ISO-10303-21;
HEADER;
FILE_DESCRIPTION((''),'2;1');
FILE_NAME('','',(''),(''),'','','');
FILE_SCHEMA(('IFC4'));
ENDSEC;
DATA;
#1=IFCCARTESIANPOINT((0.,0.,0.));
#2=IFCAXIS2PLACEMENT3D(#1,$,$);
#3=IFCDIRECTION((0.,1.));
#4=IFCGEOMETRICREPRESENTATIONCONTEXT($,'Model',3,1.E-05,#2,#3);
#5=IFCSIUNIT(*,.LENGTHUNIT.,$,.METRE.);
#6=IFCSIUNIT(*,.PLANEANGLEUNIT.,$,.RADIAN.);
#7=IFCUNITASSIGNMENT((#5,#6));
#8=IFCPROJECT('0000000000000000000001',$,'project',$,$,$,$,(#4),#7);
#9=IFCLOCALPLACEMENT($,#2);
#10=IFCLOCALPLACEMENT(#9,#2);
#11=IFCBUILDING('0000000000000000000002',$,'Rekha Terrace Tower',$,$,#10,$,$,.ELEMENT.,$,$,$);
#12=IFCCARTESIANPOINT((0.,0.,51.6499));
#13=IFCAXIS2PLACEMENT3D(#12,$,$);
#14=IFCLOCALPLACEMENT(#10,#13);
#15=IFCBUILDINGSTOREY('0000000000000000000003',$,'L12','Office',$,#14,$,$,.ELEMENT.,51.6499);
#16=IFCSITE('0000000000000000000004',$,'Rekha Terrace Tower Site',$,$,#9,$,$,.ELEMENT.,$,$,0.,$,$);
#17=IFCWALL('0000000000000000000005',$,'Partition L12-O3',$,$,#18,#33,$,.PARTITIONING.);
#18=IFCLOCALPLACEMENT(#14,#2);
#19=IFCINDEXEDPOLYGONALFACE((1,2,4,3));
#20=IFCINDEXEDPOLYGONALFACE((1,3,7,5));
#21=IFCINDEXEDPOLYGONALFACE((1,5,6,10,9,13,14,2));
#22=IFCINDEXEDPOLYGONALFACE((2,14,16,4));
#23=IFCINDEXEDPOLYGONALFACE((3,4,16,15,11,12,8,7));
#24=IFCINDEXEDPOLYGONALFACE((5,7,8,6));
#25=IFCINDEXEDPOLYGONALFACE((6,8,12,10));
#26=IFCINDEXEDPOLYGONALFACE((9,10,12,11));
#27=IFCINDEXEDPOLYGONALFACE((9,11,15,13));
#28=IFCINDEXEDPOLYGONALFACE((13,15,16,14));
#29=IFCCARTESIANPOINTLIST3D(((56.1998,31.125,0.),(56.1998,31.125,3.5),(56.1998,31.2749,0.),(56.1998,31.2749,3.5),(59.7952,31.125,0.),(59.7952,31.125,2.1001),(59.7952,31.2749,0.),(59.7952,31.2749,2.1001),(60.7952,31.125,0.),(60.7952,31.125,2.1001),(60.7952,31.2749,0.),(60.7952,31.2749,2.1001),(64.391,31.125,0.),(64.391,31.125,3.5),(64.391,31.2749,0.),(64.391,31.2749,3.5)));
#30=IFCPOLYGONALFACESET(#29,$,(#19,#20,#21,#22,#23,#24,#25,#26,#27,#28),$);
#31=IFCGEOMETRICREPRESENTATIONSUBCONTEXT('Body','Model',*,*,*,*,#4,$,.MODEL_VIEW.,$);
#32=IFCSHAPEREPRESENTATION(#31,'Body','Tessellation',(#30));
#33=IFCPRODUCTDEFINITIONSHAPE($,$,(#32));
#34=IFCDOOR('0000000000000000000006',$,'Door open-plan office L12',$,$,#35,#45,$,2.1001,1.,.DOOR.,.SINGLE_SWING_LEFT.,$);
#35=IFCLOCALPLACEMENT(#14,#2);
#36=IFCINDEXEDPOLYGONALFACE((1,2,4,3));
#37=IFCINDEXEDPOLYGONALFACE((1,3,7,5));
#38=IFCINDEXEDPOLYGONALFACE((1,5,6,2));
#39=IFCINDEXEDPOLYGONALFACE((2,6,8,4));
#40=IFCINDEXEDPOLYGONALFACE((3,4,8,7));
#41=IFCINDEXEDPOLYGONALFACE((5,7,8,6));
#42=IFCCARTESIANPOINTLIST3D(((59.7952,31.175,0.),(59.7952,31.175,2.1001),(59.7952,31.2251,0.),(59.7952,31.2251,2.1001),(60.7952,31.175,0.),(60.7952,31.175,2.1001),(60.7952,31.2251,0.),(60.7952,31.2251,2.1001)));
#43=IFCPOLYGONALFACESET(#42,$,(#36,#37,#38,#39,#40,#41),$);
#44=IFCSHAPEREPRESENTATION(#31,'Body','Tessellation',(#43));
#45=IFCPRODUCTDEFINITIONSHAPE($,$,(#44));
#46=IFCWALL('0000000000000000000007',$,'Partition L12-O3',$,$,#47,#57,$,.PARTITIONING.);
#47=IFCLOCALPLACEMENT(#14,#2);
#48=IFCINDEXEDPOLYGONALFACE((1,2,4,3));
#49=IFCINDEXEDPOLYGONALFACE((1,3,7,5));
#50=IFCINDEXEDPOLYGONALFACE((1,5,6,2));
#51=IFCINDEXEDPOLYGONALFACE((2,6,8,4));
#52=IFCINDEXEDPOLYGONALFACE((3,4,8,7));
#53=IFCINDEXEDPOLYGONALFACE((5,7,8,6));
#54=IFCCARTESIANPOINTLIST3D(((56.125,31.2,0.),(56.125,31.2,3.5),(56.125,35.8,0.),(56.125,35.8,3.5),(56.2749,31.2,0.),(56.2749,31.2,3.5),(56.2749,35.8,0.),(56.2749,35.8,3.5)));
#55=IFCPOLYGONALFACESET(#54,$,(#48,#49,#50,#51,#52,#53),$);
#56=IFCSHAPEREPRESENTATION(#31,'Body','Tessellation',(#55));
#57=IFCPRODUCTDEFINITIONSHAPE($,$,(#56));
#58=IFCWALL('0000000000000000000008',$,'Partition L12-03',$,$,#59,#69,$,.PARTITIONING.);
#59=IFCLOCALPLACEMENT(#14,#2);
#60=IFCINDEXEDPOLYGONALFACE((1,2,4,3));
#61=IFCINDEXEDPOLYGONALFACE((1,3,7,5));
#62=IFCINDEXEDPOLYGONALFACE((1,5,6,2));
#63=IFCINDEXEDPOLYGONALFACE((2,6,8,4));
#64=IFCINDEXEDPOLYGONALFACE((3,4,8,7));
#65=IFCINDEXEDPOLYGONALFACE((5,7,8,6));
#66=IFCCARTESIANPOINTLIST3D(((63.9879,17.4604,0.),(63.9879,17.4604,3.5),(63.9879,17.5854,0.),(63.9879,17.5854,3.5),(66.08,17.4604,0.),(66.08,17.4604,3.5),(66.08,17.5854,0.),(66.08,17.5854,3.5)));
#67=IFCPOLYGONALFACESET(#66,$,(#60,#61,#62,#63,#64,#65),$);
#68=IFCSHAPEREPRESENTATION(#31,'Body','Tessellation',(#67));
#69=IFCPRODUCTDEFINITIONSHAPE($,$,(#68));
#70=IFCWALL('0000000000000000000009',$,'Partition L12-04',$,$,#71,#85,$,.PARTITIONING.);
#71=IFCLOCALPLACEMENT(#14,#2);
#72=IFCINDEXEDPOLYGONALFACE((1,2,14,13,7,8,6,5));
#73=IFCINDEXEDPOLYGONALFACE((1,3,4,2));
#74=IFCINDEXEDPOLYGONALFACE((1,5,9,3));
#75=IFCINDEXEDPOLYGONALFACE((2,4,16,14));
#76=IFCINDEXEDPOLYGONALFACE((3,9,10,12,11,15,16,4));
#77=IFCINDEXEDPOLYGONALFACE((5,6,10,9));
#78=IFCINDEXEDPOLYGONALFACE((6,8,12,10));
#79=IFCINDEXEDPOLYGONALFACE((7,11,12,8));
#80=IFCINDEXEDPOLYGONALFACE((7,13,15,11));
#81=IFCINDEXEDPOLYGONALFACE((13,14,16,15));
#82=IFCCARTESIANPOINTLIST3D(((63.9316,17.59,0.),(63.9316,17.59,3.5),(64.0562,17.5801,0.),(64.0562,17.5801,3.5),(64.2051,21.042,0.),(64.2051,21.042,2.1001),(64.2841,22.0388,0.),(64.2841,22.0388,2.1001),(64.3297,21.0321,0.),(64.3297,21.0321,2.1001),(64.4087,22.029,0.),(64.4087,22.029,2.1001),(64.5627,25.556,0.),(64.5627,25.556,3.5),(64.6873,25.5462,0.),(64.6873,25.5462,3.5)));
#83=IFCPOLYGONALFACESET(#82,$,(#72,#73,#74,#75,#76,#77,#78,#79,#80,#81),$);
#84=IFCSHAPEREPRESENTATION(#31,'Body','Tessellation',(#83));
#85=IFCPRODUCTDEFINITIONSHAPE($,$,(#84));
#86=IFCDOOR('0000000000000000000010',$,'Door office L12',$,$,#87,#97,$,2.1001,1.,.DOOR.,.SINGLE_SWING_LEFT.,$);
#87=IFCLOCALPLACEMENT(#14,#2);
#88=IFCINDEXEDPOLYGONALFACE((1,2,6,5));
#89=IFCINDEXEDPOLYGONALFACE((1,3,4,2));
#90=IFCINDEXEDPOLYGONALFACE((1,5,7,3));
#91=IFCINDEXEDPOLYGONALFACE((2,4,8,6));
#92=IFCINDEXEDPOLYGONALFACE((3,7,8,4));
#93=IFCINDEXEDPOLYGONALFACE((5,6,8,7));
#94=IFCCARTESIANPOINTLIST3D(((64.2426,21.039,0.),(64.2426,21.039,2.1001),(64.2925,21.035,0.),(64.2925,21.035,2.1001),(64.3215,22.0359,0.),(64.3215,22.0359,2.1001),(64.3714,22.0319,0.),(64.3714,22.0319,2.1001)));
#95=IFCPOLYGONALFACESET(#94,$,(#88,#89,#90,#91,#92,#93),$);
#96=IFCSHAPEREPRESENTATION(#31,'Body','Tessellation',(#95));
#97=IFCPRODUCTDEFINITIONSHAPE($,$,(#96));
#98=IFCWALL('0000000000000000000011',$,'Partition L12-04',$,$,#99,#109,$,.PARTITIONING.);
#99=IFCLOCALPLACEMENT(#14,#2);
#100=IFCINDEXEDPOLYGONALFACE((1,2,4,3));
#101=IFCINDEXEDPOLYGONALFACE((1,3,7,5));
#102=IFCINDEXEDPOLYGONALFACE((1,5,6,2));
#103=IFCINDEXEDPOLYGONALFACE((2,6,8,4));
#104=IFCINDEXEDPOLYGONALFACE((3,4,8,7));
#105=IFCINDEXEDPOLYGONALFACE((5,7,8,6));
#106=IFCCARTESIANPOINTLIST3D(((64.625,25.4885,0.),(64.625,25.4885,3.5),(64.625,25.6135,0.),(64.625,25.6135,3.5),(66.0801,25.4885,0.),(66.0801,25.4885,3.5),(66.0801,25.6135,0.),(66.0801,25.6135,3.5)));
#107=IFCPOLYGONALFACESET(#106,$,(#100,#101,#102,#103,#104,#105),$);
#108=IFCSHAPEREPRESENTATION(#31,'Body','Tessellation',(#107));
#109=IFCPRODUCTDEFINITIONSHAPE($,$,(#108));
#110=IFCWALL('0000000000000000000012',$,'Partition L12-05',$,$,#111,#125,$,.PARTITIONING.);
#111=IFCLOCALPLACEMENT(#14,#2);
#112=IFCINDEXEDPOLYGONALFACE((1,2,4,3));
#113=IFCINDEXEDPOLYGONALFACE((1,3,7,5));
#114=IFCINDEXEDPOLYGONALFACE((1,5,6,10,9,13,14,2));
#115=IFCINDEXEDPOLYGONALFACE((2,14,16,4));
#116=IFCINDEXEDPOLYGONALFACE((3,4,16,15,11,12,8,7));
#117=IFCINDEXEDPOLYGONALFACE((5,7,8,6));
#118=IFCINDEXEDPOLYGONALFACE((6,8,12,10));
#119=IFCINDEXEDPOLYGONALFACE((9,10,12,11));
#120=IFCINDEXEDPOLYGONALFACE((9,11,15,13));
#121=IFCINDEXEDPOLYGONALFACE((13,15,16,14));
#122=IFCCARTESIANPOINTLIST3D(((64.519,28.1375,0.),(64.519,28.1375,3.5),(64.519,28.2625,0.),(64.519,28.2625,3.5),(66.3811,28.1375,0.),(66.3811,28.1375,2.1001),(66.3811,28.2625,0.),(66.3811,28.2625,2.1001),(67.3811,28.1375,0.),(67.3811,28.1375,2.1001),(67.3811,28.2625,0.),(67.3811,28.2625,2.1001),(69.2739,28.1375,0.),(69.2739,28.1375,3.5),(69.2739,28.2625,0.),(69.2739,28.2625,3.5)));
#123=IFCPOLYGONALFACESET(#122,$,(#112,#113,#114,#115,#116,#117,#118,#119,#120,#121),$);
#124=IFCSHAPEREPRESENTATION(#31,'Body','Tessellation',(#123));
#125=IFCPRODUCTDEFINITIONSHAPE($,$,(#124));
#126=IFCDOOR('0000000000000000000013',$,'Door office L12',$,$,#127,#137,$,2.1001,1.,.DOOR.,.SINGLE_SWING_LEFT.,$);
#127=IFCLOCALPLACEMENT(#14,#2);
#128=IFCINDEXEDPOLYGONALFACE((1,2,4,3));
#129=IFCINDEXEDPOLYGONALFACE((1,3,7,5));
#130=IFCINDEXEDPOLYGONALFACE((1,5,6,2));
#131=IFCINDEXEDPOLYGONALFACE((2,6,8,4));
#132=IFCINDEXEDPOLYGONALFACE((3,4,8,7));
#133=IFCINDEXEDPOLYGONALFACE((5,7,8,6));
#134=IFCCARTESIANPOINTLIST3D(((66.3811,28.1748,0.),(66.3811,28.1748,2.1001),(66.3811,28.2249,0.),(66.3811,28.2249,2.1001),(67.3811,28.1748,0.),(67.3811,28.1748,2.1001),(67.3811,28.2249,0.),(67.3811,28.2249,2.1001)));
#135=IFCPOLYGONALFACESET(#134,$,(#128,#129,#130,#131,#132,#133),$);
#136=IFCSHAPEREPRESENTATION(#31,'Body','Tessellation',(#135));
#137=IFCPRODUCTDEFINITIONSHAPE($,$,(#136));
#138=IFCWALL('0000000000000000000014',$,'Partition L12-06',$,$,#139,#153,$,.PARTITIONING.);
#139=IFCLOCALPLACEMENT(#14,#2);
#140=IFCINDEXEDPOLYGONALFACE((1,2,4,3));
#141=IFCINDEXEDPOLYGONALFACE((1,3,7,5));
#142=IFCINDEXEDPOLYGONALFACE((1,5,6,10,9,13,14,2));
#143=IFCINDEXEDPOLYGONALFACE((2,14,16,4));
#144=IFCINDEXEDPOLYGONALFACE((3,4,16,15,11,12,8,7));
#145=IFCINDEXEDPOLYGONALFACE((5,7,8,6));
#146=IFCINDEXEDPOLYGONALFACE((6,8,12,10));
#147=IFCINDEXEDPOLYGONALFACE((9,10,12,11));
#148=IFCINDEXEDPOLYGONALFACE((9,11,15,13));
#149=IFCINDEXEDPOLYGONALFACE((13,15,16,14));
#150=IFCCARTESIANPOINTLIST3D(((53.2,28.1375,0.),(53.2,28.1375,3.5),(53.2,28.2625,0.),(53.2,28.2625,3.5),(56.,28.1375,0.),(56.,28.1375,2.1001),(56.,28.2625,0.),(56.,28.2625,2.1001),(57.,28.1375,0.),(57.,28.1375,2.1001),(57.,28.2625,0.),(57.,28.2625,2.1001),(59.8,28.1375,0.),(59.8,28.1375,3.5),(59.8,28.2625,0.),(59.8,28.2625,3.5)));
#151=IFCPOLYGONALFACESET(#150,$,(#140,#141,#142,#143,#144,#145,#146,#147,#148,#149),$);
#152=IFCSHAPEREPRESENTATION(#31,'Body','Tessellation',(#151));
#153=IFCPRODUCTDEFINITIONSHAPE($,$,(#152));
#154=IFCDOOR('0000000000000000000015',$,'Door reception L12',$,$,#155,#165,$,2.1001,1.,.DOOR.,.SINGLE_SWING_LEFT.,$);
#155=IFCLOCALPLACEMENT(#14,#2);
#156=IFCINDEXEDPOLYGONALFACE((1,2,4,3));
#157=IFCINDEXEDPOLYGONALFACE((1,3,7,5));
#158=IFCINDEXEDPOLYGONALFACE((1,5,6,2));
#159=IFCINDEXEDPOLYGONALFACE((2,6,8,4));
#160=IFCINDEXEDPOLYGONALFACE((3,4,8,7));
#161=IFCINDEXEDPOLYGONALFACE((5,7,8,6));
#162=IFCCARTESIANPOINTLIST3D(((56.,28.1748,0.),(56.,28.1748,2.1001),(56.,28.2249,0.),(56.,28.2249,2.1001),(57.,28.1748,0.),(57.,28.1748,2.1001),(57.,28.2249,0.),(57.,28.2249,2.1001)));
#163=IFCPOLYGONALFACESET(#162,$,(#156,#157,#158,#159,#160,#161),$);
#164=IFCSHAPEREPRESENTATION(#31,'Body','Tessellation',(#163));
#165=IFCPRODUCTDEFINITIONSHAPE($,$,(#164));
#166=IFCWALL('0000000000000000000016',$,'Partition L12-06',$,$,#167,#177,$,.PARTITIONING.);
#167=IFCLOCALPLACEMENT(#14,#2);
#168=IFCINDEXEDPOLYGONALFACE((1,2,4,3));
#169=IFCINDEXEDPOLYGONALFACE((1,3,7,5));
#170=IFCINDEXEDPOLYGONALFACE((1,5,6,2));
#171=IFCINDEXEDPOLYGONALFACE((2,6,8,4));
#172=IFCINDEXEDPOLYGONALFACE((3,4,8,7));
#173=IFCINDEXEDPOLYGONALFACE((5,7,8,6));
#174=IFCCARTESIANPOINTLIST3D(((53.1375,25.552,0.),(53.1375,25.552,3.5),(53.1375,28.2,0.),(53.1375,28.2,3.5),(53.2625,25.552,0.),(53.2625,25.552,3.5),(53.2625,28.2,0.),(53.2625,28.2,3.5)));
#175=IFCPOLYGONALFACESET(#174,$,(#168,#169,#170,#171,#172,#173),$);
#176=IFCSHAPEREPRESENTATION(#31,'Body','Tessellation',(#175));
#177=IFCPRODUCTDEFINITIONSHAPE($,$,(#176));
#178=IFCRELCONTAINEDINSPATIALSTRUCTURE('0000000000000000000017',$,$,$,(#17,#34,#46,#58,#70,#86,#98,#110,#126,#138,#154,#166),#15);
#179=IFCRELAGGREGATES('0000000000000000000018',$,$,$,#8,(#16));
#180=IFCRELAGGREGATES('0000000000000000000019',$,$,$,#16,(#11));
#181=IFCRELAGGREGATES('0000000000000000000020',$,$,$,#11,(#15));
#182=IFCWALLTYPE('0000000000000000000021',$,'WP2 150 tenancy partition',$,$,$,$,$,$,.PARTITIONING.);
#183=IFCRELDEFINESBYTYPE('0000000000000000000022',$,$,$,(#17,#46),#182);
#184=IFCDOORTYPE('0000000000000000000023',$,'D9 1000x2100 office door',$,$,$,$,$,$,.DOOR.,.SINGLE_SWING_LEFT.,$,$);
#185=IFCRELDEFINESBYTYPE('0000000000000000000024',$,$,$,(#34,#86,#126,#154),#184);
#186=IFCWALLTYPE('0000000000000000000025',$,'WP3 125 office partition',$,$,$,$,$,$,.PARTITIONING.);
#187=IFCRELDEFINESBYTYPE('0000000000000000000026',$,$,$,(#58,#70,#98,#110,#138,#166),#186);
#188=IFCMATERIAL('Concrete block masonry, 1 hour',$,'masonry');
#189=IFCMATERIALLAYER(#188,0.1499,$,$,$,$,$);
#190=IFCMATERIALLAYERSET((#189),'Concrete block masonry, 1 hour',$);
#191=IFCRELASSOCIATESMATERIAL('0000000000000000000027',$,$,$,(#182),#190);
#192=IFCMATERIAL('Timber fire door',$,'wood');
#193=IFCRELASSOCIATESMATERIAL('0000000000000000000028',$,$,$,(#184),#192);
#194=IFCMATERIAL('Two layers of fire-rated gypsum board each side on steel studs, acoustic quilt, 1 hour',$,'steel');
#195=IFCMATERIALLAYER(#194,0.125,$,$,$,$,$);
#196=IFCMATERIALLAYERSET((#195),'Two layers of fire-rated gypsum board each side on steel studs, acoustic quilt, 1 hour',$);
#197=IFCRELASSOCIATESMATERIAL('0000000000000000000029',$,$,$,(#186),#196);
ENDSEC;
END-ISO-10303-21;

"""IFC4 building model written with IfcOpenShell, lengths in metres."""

from ifc_helpers import new_model, si_unit, direction, frame, frame_2d, origin, place, context, subcontext, project, spatial, rectangle, extrude, material, layer, layer_set, type_object, element, fill, save


model = new_model("IFC4")

# Units and contexts
model_context = context("Model", 3, precision=1e-05, world=origin(), true_north=direction((0.0, 1.0)))
body_context = subcontext(model_context, "Body", "Model", "MODEL_VIEW")
ifc_project = project(units=[si_unit("LENGTHUNIT", "METRE"), si_unit("PLANEANGLEUNIT", "RADIAN")], contexts=[model_context])

# Site, building, storey
site_placement = place(None, origin())
site = spatial("IfcSite", under=ifc_project, at=site_placement, Name="Rekha Terrace Tower Site", CompositionType="ELEMENT", RefElevation=0.0)
building_placement = place(site_placement, origin())
building = spatial("IfcBuilding", under=site, at=building_placement, Name="Rekha Terrace Tower", CompositionType="ELEMENT")
storey_placement = place(building_placement, frame((0.0, 0.0, 51.6499)))
storey = spatial("IfcBuildingStorey", under=building, at=storey_placement, Name="L12", Description="Office", CompositionType="ELEMENT", Elevation=51.6499)

# Shared definitions
ifc_material_1 = material(Name="Concrete block masonry, 1 hour", Category="masonry")
ifc_layer_1 = layer(ifc_material_1, 0.1499)
ifc_layer_set_1 = layer_set([ifc_layer_1], Name="Concrete block masonry, 1 hour")
wall_type_1 = type_object("IfcWallType", Name="WP2 150 tenancy partition", PredefinedType="PARTITIONING", material=ifc_layer_set_1)

# Wall, opening, door
wall_1_placement = place(storey_placement, frame((64.3911, 31.2, 0.0), z_axis=(0.0, 0.0, 1.0), x_axis=(-1.0, 0.0, 0.0)))
wall_1 = element("IfcWall", 1, at=wall_1_placement, inside=storey, type_object=wall_type_1, Name="Partition L12-O3", PredefinedType="PARTITIONING", context=body_context, shape_type="SweptSolid", body=[
    extrude(rectangle(XDim=8.1912, YDim=0.1499, at=frame_2d((4.0957, 0.0))), origin(), (0.0, 0.0, 1.0), 3.5),
])
opening_1_placement = place(wall_1_placement, frame((3.5959, 0.0, 0.0)))
opening_1 = element("IfcOpeningElement", 2, at=opening_1_placement, cuts=wall_1, PredefinedType="OPENING", context=body_context, shape_type="SweptSolid", body=[
    extrude(rectangle(XDim=1.0, YDim=2.1001, at=frame_2d((0.5, 1.05))), frame((0.0, 0.085, 0.0), z_axis=(0.0, -1.0, 0.0), x_axis=(1.0, 0.0, 0.0)), (0.0, 0.0, 1.0), 0.1699),
])
ifc_material_2 = material(Name="Timber fire door", Category="wood")
door_type_1 = type_object("IfcDoorType", Name="D9 1000x2100 office door", OperationType="SINGLE_SWING_LEFT", PredefinedType="DOOR", material=ifc_material_2)
door_1_placement = place(opening_1_placement, origin())
door_1 = element("IfcDoor", 3, at=door_1_placement, inside=storey, type_object=door_type_1, Name="Door open-plan office L12", OperationType="SINGLE_SWING_LEFT", OverallHeight=2.1001, OverallWidth=1.0, PredefinedType="DOOR", context=body_context, shape_type="SweptSolid", body=[
    extrude(rectangle(XDim=1.0, YDim=2.1001, at=frame_2d((0.5, 1.05))), frame((0.0, 0.0249, 0.0), z_axis=(0.0, -1.0, 0.0), x_axis=(1.0, 0.0, 0.0)), (0.0, 0.0, 1.0), 0.05),
])
fill(opening_1, door_1)

# Walls
wall_2_placement = place(storey_placement, frame((56.2, 31.2, 0.0), z_axis=(0.0, 0.0, 1.0), x_axis=(0.0, 1.0, 0.0)))
element("IfcWall", 4, at=wall_2_placement, inside=storey, type_object=wall_type_1, Name="Partition L12-O3", PredefinedType="PARTITIONING", context=body_context, shape_type="SweptSolid", body=[
    extrude(rectangle(XDim=4.6001, YDim=0.1499, at=frame_2d((2.3, 0.0))), origin(), (0.0, 0.0, 1.0), 3.5),
])
ifc_material_3 = material(Name="Two layers of fire-rated gypsum board each side on steel studs, acoustic quilt, 1 hour", Category="steel")
ifc_layer_2 = layer(ifc_material_3, 0.125)
ifc_layer_set_2 = layer_set([ifc_layer_2], Name="Two layers of fire-rated gypsum board each side on steel studs, acoustic quilt, 1 hour")
wall_type_2 = type_object("IfcWallType", Name="WP3 125 office partition", PredefinedType="PARTITIONING", material=ifc_layer_set_2)
wall_3_placement = place(storey_placement, frame((63.988, 17.5229, 0.0), z_axis=(0.0, 0.0, 1.0), x_axis=(1.0, 0.0, 0.0)))
element("IfcWall", 5, at=wall_3_placement, inside=storey, type_object=wall_type_2, Name="Partition L12-03", PredefinedType="PARTITIONING", context=body_context, shape_type="SweptSolid", body=[
    extrude(rectangle(XDim=2.092, YDim=0.125, at=frame_2d((1.0459, 0.0))), origin(), (0.0, 0.0, 1.0), 3.5),
])

# Wall, opening, door
wall_4_placement = place(storey_placement, frame((63.9939, 17.585, 0.0), z_axis=(0.0, 0.0, 1.0), x_axis=(0.078977, 0.996876, 0.0)))
wall_4 = element("IfcWall", 6, at=wall_4_placement, inside=storey, type_object=wall_type_2, Name="Partition L12-04", PredefinedType="PARTITIONING", context=body_context, shape_type="SweptSolid", body=[
    extrude(rectangle(XDim=7.991, YDim=0.125, at=frame_2d((3.9956, 0.0))), origin(), (0.0, 0.0, 1.0), 3.5),
])
opening_2_placement = place(wall_4_placement, frame((3.4629, 0.0, 0.0)))
opening_2 = element("IfcOpeningElement", 7, at=opening_2_placement, cuts=wall_4, PredefinedType="OPENING", context=body_context, shape_type="SweptSolid", body=[
    extrude(rectangle(XDim=1.0, YDim=2.1001, at=frame_2d((0.5, 1.05))), frame((0.0, 0.0725, 0.0), z_axis=(0.0, -1.0, 0.0), x_axis=(1.0, 0.0, 0.0)), (0.0, 0.0, 1.0), 0.145),
])
door_2_placement = place(opening_2_placement, origin())
door_2 = element("IfcDoor", 8, at=door_2_placement, inside=storey, type_object=door_type_1, Name="Door office L12", OperationType="SINGLE_SWING_LEFT", OverallHeight=2.1001, OverallWidth=1.0, PredefinedType="DOOR", context=body_context, shape_type="SweptSolid", body=[
    extrude(rectangle(XDim=1.0, YDim=2.1001, at=frame_2d((0.5, 1.05))), frame((0.0, 0.0249, 0.0), z_axis=(0.0, -1.0, 0.0), x_axis=(1.0, 0.0, 0.0)), (0.0, 0.0, 1.0), 0.05),
])
fill(opening_2, door_2)

# Wall
wall_5_placement = place(storey_placement, frame((64.625, 25.551, 0.0), z_axis=(0.0, 0.0, 1.0), x_axis=(1.0, 0.0, 0.0)))
element("IfcWall", 9, at=wall_5_placement, inside=storey, type_object=wall_type_2, Name="Partition L12-04", PredefinedType="PARTITIONING", context=body_context, shape_type="SweptSolid", body=[
    extrude(rectangle(XDim=1.4551, YDim=0.125, at=frame_2d((0.7275, 0.0))), origin(), (0.0, 0.0, 1.0), 3.5),
])

# Walls, openings, doors
wall_6_placement = place(storey_placement, frame((64.519, 28.2, 0.0), z_axis=(0.0, 0.0, 1.0), x_axis=(1.0, 0.0, 0.0)))
wall_6 = element("IfcWall", 10, at=wall_6_placement, inside=storey, type_object=wall_type_2, Name="Partition L12-05", PredefinedType="PARTITIONING", context=body_context, shape_type="SweptSolid", body=[
    extrude(rectangle(XDim=4.7549, YDim=0.125, at=frame_2d((2.3774, 0.0))), origin(), (0.0, 0.0, 1.0), 3.5),
])
opening_3_placement = place(wall_6_placement, frame((1.8621, 0.0, 0.0)))
opening_3 = element("IfcOpeningElement", 11, at=opening_3_placement, cuts=wall_6, PredefinedType="OPENING", context=body_context, shape_type="SweptSolid", body=[
    extrude(rectangle(XDim=1.0, YDim=2.1001, at=frame_2d((0.5, 1.05))), frame((0.0, 0.0725, 0.0), z_axis=(0.0, -1.0, 0.0), x_axis=(1.0, 0.0, 0.0)), (0.0, 0.0, 1.0), 0.145),
])
door_3_placement = place(opening_3_placement, origin())
door_3 = element("IfcDoor", 12, at=door_3_placement, inside=storey, type_object=door_type_1, Name="Door office L12", OperationType="SINGLE_SWING_LEFT", OverallHeight=2.1001, OverallWidth=1.0, PredefinedType="DOOR", context=body_context, shape_type="SweptSolid", body=[
    extrude(rectangle(XDim=1.0, YDim=2.1001, at=frame_2d((0.5, 1.05))), frame((0.0, 0.0249, 0.0), z_axis=(0.0, -1.0, 0.0), x_axis=(1.0, 0.0, 0.0)), (0.0, 0.0, 1.0), 0.05),
])
fill(opening_3, door_3)
wall_7_placement = place(storey_placement, frame((53.2, 28.2, 0.0), z_axis=(0.0, 0.0, 1.0), x_axis=(1.0, 0.0, 0.0)))
wall_7 = element("IfcWall", 13, at=wall_7_placement, inside=storey, type_object=wall_type_2, Name="Partition L12-06", PredefinedType="PARTITIONING", context=body_context, shape_type="SweptSolid", body=[
    extrude(rectangle(XDim=6.6001, YDim=0.125, at=frame_2d((3.3, 0.0))), origin(), (0.0, 0.0, 1.0), 3.5),
])
opening_4_placement = place(wall_7_placement, frame((2.8, 0.0, 0.0)))
opening_4 = element("IfcOpeningElement", 14, at=opening_4_placement, cuts=wall_7, PredefinedType="OPENING", context=body_context, shape_type="SweptSolid", body=[
    extrude(rectangle(XDim=1.0, YDim=2.1001, at=frame_2d((0.5, 1.05))), frame((0.0, 0.0725, 0.0), z_axis=(0.0, -1.0, 0.0), x_axis=(1.0, 0.0, 0.0)), (0.0, 0.0, 1.0), 0.145),
])
door_4_placement = place(opening_4_placement, origin())
door_4 = element("IfcDoor", 15, at=door_4_placement, inside=storey, type_object=door_type_1, Name="Door reception L12", OperationType="SINGLE_SWING_LEFT", OverallHeight=2.1001, OverallWidth=1.0, PredefinedType="DOOR", context=body_context, shape_type="SweptSolid", body=[
    extrude(rectangle(XDim=1.0, YDim=2.1001, at=frame_2d((0.5, 1.05))), frame((0.0, 0.0249, 0.0), z_axis=(0.0, -1.0, 0.0), x_axis=(1.0, 0.0, 0.0)), (0.0, 0.0, 1.0), 0.05),
])
fill(opening_4, door_4)

# Wall
wall_8_placement = place(storey_placement, frame((53.2, 25.552, 0.0), z_axis=(0.0, 0.0, 1.0), x_axis=(0.0, 1.0, 0.0)))
element("IfcWall", 16, at=wall_8_placement, inside=storey, type_object=wall_type_2, Name="Partition L12-06", PredefinedType="PARTITIONING", context=body_context, shape_type="SweptSolid", body=[
    extrude(rectangle(XDim=2.6479, YDim=0.125, at=frame_2d((1.324, 0.0))), origin(), (0.0, 0.0, 1.0), 3.5),
])

save(model, "model.ifc")
